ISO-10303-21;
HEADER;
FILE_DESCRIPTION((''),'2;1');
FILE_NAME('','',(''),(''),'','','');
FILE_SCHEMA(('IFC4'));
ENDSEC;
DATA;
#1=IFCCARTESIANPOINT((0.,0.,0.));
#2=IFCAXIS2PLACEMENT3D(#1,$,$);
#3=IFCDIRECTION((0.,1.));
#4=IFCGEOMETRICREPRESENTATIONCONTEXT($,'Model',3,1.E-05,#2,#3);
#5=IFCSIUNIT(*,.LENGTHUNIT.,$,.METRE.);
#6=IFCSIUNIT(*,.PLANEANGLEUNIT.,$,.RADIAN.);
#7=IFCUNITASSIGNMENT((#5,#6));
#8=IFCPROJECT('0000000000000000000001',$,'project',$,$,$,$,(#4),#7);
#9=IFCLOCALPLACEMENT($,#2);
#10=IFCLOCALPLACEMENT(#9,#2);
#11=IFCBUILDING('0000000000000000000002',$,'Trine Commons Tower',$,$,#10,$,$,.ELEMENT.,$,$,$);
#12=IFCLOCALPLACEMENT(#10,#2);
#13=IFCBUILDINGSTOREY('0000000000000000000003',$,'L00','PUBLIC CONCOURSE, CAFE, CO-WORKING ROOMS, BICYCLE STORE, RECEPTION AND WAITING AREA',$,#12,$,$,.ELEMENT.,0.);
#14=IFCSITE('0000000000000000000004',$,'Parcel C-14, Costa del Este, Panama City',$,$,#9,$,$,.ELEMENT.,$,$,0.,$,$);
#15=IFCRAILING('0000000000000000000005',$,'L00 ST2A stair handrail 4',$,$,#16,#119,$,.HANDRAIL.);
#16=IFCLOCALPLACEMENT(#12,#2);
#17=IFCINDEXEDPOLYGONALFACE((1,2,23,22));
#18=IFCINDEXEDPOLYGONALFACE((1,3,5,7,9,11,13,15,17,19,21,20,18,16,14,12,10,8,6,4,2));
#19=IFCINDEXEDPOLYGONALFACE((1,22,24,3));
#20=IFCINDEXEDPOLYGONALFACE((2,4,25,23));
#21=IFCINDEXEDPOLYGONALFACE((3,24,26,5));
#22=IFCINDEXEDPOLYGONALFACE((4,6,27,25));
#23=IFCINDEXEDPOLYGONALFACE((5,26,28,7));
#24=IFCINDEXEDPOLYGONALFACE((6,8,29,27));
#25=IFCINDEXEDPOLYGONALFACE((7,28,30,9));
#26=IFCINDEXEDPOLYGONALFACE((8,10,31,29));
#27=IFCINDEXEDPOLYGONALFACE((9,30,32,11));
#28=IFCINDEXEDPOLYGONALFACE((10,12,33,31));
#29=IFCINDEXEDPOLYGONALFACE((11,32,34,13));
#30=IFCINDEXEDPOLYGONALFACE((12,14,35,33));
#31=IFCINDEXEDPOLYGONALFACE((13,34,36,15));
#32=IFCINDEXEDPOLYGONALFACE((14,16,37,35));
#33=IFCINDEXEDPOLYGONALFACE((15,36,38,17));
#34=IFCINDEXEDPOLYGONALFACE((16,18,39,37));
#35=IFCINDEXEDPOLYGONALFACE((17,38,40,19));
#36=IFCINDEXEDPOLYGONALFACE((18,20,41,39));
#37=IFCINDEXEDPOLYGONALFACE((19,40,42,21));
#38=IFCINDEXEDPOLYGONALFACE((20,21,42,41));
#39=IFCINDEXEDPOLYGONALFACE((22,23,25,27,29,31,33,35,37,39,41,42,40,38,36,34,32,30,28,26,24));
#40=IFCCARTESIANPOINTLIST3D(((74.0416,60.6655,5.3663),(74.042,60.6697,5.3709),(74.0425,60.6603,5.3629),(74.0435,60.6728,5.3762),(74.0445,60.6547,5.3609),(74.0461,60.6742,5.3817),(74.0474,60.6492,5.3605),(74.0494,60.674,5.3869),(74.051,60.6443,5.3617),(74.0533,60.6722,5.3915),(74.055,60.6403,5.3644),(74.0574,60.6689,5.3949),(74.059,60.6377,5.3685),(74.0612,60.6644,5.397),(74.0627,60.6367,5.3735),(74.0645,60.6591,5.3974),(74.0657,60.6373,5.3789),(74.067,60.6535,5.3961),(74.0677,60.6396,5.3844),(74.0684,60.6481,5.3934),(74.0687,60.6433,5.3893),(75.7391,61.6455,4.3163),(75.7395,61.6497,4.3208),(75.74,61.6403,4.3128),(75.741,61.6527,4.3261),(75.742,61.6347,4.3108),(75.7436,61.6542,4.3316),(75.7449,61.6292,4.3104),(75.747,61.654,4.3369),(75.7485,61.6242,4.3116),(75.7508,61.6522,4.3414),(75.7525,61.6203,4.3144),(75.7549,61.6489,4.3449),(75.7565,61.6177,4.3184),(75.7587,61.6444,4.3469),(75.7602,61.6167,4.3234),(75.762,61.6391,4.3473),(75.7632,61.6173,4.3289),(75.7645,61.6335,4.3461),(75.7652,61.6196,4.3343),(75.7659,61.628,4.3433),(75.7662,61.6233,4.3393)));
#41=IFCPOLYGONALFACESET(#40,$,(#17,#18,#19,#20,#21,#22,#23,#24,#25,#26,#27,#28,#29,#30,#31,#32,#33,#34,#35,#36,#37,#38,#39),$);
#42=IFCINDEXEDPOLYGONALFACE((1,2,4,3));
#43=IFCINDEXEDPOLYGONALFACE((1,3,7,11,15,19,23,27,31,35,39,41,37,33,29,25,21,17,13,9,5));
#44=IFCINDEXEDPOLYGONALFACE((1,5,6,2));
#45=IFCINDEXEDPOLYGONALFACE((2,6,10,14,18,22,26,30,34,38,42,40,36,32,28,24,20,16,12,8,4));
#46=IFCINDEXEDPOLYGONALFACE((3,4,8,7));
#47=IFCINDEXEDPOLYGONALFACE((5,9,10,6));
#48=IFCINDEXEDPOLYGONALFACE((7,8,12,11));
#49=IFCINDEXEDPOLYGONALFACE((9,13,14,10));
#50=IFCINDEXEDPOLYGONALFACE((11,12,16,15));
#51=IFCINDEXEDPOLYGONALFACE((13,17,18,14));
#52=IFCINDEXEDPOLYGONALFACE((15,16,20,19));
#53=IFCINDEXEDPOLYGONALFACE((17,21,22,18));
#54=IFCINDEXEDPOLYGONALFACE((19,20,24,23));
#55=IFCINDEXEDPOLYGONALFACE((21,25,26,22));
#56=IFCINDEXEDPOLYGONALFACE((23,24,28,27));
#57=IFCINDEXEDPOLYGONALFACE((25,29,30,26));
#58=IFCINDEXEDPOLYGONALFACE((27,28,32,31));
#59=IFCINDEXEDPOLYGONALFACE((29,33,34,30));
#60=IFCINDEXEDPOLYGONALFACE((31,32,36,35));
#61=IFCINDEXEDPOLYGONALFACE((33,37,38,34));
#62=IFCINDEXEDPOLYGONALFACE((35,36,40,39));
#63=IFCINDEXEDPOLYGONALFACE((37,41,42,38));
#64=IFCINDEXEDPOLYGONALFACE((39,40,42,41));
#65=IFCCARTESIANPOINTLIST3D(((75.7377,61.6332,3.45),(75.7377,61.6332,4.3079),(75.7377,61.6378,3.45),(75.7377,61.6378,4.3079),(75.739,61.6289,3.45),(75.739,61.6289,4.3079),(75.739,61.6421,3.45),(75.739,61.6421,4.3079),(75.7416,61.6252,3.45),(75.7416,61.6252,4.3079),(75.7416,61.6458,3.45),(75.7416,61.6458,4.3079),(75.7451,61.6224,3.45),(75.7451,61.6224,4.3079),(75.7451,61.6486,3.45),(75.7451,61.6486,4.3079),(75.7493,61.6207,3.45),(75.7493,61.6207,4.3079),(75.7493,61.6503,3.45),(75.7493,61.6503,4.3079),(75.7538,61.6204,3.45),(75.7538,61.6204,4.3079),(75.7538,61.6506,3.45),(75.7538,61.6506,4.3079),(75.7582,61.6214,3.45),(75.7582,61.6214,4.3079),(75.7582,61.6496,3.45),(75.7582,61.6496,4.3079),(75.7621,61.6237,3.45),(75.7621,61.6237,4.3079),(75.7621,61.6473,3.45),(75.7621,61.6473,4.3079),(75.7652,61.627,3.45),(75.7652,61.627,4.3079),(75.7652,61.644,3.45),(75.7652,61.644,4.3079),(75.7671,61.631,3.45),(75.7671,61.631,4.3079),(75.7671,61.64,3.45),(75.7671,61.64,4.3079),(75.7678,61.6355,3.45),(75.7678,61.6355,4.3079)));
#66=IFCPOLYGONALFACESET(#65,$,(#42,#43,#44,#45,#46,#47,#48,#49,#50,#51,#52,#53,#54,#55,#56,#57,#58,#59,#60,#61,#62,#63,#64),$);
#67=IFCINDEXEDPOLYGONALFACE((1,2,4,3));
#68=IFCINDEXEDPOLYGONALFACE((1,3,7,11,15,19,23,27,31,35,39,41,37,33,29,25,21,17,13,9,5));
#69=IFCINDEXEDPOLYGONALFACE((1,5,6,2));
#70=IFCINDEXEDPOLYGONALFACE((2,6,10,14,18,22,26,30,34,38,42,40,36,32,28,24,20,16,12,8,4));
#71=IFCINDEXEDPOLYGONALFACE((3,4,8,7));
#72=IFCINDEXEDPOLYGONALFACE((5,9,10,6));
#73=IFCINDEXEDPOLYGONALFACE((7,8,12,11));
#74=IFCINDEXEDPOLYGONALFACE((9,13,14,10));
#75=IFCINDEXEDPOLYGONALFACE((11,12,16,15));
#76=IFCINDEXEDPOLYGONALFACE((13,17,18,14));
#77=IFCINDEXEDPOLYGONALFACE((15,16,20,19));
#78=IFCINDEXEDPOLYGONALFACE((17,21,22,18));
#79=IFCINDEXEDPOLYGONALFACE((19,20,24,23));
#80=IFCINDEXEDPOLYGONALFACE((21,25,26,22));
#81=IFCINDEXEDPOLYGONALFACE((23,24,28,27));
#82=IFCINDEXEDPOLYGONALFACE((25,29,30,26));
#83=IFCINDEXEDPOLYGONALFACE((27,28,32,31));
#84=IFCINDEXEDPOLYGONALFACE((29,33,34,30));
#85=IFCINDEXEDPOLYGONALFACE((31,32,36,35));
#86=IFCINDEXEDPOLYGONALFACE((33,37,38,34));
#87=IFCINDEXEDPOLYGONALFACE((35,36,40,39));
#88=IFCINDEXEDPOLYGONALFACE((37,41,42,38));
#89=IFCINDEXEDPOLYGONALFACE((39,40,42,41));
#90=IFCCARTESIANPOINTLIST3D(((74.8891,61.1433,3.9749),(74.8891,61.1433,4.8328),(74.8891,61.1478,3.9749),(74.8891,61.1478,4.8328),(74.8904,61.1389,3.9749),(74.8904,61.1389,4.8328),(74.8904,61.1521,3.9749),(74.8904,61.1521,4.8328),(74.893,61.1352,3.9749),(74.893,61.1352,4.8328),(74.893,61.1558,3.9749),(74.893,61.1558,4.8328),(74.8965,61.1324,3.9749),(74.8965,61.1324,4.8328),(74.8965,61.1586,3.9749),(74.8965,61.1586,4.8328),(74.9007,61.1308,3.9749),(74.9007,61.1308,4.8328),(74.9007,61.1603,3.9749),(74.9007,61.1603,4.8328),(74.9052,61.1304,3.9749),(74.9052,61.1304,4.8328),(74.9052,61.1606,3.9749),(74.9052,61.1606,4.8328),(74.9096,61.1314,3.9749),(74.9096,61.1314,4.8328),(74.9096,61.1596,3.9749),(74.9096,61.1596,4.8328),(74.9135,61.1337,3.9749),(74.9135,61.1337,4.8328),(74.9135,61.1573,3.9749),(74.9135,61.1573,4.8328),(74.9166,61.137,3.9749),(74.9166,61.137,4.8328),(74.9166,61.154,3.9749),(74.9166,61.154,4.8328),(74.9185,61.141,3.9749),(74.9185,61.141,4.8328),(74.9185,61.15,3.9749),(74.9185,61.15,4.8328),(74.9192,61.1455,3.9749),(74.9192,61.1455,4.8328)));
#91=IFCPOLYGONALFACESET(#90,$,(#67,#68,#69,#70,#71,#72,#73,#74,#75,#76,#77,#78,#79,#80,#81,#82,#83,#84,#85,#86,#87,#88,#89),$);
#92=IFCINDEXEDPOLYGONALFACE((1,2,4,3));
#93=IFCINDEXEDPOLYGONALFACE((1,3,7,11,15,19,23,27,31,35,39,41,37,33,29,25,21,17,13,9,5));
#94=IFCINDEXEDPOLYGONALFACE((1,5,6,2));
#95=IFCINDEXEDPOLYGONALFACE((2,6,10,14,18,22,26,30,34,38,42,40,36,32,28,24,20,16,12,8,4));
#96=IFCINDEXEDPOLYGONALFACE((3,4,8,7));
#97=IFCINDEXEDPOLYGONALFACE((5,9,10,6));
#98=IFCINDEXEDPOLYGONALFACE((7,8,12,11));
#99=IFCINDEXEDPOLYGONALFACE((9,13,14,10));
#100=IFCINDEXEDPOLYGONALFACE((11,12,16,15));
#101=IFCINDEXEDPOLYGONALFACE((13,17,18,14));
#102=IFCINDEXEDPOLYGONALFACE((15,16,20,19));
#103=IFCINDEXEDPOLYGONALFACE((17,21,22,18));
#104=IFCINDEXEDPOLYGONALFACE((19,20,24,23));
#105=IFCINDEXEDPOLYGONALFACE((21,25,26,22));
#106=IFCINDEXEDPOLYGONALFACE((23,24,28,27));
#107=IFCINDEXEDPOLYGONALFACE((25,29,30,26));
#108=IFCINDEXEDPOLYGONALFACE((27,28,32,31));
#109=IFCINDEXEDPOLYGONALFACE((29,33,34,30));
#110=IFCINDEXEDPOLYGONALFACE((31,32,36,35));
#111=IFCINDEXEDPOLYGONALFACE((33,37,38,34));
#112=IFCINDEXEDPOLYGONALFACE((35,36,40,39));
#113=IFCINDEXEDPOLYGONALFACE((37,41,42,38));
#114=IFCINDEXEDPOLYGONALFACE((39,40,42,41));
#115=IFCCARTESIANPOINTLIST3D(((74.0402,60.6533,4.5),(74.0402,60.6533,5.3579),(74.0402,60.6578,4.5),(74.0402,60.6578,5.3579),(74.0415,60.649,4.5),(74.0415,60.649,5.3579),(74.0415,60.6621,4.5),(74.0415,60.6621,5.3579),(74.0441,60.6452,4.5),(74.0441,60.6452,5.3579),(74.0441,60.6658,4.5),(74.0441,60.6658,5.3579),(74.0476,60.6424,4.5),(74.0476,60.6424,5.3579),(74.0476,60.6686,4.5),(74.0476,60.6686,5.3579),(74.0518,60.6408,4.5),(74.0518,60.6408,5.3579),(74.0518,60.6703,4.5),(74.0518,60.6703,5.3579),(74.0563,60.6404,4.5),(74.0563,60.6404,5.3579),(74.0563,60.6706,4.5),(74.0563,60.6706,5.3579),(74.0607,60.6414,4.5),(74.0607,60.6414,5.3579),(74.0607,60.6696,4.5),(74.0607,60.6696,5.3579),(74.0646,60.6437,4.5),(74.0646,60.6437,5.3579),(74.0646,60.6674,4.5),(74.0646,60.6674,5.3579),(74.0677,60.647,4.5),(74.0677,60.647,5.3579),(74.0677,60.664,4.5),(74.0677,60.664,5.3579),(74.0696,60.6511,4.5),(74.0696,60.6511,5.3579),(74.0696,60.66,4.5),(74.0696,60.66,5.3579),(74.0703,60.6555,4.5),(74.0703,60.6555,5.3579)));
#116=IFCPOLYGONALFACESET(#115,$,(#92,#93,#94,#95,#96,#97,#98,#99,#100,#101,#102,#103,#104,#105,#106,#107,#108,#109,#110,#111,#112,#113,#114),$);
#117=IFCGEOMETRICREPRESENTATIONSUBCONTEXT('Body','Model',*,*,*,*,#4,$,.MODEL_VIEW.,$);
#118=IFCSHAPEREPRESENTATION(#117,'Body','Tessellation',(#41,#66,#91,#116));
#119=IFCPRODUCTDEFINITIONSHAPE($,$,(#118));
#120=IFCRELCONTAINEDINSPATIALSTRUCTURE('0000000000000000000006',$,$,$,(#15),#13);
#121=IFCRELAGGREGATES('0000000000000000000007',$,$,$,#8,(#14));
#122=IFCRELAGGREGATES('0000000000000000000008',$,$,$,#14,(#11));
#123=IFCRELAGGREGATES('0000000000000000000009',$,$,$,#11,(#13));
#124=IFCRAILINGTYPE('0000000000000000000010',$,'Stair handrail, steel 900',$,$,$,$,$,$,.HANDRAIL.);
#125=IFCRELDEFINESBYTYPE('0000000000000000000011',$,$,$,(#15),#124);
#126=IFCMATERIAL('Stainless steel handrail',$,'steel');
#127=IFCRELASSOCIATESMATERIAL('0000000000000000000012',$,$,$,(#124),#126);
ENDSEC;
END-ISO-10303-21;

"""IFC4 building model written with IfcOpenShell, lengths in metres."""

from ifc_helpers import new_model, si_unit, direction, frame, origin, origin_2d, place, context, subcontext, project, spatial, circle, extrude, material, type_object, element, save


model = new_model("IFC4")

# Units and contexts
model_context = context("Model", 3, precision=1e-05, world=origin(), true_north=direction((0.0, 1.0)))
body_context = subcontext(model_context, "Body", "Model", "MODEL_VIEW")
ifc_project = project(units=[si_unit("LENGTHUNIT", "METRE"), si_unit("PLANEANGLEUNIT", "RADIAN")], contexts=[model_context])

# Site, building, storey
site_placement = place(None, origin())
site = spatial("IfcSite", under=ifc_project, at=site_placement, Name="Parcel C-14, Costa del Este, Panama City", CompositionType="ELEMENT", RefElevation=0.0)
building_placement = place(site_placement, origin())
building = spatial("IfcBuilding", under=site, at=building_placement, Name="Trine Commons Tower", CompositionType="ELEMENT")
storey_placement = place(building_placement, origin())
storey = spatial("IfcBuildingStorey", under=building, at=storey_placement, Name="L00", Description="PUBLIC CONCOURSE, CAFE, CO-WORKING ROOMS, BICYCLE STORE, RECEPTION AND WAITING AREA", CompositionType="ELEMENT", Elevation=0.0)

# Railing
ifc_material_1 = material(Name="Stainless steel handrail", Category="steel")
railing_type_1 = type_object("IfcRailingType", Name="Stair handrail, steel 900", PredefinedType="HANDRAIL", material=ifc_material_1)
railing_1_placement = place(storey_placement, frame((75.7527, 61.6355, 3.45)))
element("IfcRailing", 1, at=railing_1_placement, inside=storey, type_object=railing_type_1, Name="L00 ST2A stair handrail 4", PredefinedType="HANDRAIL", context=body_context, shape_type="SweptSolid", body=[
    extrude(circle(Radius=0.021, at=origin_2d()), frame((0.0, 0.0, 0.8789), z_axis=(-0.763398, -0.440713, 0.472224), x_axis=(0.49997, -0.866042, 0.0)), (0.0, 0.0, 1.0), 2.2236),
    extrude(circle(Radius=0.0151, at=origin_2d()), origin(), (0.0, 0.0, 1.0), 0.8579),
    extrude(circle(Radius=0.0151, at=origin_2d()), frame((-0.8486, -0.49, 0.5249)), (0.0, 0.0, 1.0), 0.8579),
    extrude(circle(Radius=0.0151, at=origin_2d()), frame((-1.6975, -0.98, 1.05)), (0.0, 0.0, 1.0), 0.8579),
])

save(model, "model.ifc")
